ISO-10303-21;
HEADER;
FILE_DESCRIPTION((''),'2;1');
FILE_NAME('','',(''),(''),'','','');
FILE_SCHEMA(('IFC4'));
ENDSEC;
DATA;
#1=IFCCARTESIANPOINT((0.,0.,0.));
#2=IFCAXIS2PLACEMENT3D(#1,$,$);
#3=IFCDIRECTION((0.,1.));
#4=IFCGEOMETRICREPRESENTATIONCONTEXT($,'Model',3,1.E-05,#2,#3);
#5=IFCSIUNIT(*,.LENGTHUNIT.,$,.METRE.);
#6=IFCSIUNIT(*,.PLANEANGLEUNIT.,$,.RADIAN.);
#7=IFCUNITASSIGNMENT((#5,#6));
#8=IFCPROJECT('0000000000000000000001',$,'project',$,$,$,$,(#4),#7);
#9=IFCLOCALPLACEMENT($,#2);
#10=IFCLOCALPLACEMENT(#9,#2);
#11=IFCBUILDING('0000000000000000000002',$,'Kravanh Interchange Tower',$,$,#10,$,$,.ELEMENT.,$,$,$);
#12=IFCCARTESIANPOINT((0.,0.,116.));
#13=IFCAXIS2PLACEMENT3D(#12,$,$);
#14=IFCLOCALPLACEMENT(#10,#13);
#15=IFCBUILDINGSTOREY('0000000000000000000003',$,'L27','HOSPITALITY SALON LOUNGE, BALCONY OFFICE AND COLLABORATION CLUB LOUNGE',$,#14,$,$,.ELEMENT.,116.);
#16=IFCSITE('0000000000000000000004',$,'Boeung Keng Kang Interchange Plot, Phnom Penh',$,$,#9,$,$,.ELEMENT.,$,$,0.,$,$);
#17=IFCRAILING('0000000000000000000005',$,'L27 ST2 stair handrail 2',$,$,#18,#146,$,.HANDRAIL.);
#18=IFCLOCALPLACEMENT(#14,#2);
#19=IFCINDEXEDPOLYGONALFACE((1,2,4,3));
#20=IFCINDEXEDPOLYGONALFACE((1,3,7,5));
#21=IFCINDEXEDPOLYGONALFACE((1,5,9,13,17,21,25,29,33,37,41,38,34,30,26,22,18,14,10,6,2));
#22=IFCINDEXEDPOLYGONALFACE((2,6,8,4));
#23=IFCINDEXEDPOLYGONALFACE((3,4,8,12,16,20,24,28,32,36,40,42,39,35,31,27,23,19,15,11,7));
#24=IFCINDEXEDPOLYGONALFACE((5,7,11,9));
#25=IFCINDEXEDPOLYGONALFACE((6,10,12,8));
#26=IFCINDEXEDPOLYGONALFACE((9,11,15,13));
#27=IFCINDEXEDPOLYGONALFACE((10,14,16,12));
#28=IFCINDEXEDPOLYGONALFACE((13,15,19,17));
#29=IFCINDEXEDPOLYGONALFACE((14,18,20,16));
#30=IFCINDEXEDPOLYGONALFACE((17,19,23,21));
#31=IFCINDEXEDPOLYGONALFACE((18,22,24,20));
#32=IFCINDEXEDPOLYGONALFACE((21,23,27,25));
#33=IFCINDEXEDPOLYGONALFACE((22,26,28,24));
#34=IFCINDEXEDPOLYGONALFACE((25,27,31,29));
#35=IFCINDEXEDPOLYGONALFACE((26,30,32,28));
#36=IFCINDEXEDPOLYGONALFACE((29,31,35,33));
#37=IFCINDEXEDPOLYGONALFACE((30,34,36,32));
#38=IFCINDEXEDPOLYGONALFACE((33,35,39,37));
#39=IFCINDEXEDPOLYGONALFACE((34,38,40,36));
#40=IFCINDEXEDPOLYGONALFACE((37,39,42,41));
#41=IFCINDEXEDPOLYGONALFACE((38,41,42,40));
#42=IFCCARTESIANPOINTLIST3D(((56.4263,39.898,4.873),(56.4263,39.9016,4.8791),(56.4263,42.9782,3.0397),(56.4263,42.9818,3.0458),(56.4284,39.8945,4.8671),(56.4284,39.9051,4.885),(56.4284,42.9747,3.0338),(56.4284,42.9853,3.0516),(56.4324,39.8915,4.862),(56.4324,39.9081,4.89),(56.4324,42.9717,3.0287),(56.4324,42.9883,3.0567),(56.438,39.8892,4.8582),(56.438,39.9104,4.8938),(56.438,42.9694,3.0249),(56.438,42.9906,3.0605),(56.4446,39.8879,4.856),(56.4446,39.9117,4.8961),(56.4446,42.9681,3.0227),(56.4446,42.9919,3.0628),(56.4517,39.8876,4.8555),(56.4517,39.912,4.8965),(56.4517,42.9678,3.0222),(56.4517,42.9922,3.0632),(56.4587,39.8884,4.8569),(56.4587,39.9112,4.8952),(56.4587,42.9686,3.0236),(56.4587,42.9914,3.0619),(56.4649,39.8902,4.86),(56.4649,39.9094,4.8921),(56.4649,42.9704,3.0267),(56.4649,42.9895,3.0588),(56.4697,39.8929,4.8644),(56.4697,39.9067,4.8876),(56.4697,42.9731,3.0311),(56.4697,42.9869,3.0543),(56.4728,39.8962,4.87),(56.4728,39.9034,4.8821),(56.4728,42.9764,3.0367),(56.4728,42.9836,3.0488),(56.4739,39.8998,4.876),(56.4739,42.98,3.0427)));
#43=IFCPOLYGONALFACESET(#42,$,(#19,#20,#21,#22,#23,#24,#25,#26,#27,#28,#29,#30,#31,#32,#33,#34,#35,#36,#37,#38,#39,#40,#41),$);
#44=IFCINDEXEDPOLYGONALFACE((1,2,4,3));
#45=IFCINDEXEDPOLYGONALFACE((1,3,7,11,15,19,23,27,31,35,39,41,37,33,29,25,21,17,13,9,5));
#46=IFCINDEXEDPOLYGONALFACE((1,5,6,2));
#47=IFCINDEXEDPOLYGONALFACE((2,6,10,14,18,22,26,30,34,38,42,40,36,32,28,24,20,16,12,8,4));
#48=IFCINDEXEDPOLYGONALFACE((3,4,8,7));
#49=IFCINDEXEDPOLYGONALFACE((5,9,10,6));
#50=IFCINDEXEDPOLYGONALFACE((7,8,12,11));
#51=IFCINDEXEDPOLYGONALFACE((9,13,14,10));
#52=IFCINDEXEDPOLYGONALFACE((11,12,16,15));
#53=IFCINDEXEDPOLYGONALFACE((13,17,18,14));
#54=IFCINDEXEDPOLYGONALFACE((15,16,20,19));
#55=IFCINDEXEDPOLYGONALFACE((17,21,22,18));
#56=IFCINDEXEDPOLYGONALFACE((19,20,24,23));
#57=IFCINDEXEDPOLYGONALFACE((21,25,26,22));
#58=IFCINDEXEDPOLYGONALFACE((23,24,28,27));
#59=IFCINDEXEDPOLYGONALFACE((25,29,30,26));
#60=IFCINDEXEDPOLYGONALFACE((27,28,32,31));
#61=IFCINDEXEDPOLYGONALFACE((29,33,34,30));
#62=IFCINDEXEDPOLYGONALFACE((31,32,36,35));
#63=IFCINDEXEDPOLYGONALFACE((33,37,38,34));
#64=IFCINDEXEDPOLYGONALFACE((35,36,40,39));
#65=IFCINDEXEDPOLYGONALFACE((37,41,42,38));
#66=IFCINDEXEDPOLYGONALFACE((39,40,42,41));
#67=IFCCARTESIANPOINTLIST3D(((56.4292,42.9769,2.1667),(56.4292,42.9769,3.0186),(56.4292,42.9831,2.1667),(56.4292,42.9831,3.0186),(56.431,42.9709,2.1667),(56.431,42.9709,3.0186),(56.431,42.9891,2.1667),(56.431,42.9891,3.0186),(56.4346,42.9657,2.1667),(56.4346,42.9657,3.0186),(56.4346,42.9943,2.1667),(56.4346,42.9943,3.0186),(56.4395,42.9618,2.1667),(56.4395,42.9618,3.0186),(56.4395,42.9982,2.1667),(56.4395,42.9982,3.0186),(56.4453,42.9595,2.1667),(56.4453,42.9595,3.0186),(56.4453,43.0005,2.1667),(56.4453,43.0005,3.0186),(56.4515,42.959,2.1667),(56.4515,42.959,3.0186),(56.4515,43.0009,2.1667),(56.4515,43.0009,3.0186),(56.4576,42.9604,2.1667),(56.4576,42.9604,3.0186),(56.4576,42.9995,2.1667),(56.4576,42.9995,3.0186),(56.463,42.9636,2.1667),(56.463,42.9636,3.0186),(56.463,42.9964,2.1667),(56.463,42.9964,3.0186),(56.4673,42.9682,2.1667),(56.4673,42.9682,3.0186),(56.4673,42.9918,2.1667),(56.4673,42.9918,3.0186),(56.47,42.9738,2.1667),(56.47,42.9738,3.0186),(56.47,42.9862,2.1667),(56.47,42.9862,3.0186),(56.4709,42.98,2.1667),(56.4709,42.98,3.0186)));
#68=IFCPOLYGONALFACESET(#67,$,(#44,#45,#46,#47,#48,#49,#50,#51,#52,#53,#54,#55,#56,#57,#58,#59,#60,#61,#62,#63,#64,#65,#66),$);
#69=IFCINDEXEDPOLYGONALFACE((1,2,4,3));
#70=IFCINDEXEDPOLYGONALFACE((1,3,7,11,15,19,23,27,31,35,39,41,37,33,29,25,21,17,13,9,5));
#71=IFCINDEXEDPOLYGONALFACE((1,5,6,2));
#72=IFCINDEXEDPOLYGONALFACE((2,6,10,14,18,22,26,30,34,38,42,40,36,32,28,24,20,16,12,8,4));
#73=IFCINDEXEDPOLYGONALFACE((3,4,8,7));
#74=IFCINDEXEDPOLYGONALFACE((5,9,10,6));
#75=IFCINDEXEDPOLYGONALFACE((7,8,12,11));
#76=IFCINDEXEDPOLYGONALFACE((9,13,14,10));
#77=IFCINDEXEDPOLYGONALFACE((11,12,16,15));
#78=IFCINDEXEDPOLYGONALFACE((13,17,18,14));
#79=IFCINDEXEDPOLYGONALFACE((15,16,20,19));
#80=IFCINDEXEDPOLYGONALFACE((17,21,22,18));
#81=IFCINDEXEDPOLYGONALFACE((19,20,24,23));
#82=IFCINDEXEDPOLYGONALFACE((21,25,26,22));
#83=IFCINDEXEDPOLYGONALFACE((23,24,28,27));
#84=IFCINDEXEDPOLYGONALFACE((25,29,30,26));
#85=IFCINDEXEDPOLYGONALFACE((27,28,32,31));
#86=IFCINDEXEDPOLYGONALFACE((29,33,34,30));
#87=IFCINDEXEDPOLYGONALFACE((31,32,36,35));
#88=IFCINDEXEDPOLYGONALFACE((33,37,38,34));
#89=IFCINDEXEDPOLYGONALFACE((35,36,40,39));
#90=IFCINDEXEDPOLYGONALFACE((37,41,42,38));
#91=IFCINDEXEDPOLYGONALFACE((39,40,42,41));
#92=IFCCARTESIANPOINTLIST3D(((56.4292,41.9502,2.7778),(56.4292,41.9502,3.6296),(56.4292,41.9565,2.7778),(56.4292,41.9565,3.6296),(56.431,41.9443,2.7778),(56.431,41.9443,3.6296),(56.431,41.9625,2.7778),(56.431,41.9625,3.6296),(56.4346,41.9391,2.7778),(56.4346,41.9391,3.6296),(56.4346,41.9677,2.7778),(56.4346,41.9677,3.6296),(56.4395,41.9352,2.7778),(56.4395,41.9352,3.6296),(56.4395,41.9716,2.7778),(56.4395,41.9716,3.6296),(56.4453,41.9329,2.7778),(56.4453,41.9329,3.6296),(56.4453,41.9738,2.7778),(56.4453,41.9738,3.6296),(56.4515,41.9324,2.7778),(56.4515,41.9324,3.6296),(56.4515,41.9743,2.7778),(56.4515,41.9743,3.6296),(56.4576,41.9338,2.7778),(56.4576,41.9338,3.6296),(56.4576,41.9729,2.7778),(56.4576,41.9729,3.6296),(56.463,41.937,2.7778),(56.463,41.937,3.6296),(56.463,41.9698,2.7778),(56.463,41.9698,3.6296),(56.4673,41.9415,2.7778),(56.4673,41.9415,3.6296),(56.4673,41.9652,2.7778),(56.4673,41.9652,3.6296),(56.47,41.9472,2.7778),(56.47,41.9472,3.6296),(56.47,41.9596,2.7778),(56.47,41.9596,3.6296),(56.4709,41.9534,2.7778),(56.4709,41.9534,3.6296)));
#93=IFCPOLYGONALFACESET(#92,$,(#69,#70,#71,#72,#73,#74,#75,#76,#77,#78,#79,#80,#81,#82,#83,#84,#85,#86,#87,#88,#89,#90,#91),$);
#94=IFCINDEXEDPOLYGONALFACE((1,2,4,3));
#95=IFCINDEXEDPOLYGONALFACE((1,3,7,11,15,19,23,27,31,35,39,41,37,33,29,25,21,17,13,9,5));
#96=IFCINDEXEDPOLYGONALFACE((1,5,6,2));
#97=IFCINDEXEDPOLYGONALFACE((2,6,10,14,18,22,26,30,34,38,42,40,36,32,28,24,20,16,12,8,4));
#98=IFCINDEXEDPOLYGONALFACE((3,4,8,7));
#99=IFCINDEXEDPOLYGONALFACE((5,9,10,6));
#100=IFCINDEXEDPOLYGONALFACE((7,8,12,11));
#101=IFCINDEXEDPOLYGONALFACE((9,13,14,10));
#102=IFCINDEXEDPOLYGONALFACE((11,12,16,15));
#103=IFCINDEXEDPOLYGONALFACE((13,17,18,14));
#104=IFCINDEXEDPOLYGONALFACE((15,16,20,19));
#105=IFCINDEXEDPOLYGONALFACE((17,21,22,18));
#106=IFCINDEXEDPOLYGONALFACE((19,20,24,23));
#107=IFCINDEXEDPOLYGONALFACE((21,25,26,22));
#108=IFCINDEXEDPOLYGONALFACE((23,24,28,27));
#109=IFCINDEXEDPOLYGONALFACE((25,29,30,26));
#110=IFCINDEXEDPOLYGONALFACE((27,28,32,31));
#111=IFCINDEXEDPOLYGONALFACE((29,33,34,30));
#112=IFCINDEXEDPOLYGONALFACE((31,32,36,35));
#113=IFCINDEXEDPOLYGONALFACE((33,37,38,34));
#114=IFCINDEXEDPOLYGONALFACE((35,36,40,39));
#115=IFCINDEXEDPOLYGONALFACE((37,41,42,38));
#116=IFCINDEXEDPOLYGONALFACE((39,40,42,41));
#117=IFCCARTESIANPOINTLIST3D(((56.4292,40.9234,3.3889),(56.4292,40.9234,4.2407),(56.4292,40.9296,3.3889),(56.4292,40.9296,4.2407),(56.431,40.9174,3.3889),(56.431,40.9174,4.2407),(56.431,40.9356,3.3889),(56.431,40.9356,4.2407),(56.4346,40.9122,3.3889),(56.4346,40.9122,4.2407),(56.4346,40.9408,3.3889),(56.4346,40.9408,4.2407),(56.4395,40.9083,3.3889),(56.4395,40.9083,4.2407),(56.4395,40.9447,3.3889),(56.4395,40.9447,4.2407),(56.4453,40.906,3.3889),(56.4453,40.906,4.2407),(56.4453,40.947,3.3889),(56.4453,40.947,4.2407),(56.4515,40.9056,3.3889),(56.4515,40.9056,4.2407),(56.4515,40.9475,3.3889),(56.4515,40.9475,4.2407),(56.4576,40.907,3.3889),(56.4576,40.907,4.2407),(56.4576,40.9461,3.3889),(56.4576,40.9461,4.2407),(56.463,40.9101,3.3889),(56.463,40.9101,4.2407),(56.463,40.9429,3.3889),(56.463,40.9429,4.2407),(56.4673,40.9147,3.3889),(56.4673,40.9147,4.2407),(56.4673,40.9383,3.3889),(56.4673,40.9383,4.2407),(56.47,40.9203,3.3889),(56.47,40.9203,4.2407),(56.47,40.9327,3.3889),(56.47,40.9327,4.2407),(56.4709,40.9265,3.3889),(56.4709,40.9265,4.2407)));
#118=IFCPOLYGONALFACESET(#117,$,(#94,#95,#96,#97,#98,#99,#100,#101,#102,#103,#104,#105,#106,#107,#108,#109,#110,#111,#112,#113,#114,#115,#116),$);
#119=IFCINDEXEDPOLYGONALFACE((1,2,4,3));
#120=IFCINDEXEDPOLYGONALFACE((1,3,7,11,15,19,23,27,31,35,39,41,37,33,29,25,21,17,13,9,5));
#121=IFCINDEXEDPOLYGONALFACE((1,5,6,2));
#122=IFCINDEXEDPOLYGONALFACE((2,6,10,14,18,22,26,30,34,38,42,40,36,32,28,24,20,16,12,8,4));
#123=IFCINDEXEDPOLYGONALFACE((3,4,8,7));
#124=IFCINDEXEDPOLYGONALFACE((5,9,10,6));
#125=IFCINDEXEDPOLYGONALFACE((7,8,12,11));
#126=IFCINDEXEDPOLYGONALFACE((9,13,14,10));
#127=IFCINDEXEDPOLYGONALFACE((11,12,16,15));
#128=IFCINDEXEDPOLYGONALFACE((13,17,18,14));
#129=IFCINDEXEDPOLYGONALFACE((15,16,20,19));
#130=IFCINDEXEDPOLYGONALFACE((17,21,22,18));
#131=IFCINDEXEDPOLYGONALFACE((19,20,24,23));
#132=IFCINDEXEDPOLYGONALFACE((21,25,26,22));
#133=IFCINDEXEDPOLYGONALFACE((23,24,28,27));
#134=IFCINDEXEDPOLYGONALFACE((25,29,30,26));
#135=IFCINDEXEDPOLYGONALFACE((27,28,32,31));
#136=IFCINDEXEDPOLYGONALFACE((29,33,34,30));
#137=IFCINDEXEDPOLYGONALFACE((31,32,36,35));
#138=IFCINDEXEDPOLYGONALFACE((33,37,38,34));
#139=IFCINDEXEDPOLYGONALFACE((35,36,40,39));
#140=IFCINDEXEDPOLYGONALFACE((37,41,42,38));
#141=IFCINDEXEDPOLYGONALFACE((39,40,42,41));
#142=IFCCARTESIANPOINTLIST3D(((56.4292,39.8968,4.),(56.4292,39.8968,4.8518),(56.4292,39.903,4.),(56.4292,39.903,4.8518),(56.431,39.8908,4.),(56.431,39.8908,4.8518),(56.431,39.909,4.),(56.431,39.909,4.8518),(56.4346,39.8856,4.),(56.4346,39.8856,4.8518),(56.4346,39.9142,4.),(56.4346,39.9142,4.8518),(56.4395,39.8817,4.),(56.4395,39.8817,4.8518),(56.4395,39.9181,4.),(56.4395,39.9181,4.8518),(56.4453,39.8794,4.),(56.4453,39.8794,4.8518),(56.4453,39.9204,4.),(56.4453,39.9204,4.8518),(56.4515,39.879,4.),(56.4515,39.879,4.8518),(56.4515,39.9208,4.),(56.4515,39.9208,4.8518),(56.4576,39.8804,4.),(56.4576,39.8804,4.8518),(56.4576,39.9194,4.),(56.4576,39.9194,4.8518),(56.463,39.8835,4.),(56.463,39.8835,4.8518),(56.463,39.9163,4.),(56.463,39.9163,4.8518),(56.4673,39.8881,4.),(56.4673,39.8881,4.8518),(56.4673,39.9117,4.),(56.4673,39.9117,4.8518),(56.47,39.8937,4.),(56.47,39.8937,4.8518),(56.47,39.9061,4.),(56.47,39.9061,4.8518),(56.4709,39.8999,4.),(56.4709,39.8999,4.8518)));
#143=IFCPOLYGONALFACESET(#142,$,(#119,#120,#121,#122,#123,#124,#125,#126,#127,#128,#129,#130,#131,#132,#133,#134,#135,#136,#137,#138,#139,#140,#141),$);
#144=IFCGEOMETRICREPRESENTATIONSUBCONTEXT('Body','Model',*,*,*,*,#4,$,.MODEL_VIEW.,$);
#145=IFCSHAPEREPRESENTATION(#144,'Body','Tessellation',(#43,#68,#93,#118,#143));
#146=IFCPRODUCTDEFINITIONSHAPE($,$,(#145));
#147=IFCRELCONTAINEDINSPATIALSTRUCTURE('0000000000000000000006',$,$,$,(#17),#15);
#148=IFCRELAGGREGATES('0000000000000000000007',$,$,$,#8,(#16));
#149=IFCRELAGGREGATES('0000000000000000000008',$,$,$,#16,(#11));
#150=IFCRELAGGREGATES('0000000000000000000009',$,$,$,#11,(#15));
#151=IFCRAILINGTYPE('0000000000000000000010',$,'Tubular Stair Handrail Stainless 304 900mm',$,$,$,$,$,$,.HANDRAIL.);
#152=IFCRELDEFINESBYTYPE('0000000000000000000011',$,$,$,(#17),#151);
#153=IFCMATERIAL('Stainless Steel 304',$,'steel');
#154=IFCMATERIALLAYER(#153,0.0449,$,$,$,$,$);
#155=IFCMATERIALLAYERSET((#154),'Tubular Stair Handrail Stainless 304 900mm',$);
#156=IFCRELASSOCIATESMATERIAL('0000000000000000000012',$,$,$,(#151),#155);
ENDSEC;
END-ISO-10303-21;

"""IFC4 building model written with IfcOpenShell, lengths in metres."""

from ifc_helpers import new_model, si_unit, direction, frame, origin, origin_2d, place, context, subcontext, project, spatial, circle, extrude, material, layer, layer_set, type_object, element, save


model = new_model("IFC4")

# Units and contexts
model_context = context("Model", 3, precision=1e-05, world=origin(), true_north=direction((0.0, 1.0)))
body_context = subcontext(model_context, "Body", "Model", "MODEL_VIEW")
ifc_project = project(units=[si_unit("LENGTHUNIT", "METRE"), si_unit("PLANEANGLEUNIT", "RADIAN")], contexts=[model_context])

# Site, building, storey
site_placement = place(None, origin())
site = spatial("IfcSite", under=ifc_project, at=site_placement, Name="Boeung Keng Kang Interchange Plot, Phnom Penh", CompositionType="ELEMENT", RefElevation=0.0)
building_placement = place(site_placement, origin())
building = spatial("IfcBuilding", under=site, at=building_placement, Name="Kravanh Interchange Tower", CompositionType="ELEMENT")
storey_placement = place(building_placement, frame((0.0, 0.0, 116.0)))
storey = spatial("IfcBuildingStorey", under=building, at=storey_placement, Name="L27", Description="HOSPITALITY SALON LOUNGE, BALCONY OFFICE AND COLLABORATION CLUB LOUNGE", CompositionType="ELEMENT", Elevation=116.0)

# Railing
ifc_material_1 = material(Name="Stainless Steel 304", Category="steel")
ifc_layer_1 = layer(ifc_material_1, 0.0449)
ifc_layer_set_1 = layer_set([ifc_layer_1], Name="Tubular Stair Handrail Stainless 304 900mm")
railing_type_1 = type_object("IfcRailingType", Name="Tubular Stair Handrail Stainless 304 900mm", PredefinedType="HANDRAIL", material=ifc_layer_set_1)
railing_1_placement = place(storey_placement, frame((56.45, 42.98, 2.1667)))
element("IfcRailing", 1, at=railing_1_placement, inside=storey, type_object=railing_type_1, Name="L27 ST2 stair handrail 2", PredefinedType="HANDRAIL", context=body_context, shape_type="SweptSolid", body=[
    extrude(circle(Radius=0.0239, at=origin_2d()), frame((0.0, 0.0, 0.876), z_axis=(0.0, -0.859309, 0.511458), x_axis=(1.0, 0.0, 0.0)), (0.0, 0.0, 1.0), 3.5845),
    extrude(circle(Radius=0.021, at=origin_2d()), origin(), (0.0, 0.0, 1.0), 0.8518),
    extrude(circle(Radius=0.021, at=origin_2d()), frame((0.0, -1.0266, 0.6111)), (0.0, 0.0, 1.0), 0.8518),
    extrude(circle(Radius=0.021, at=origin_2d()), frame((0.0, -2.0535, 1.2222)), (0.0, 0.0, 1.0), 0.8518),
    extrude(circle(Radius=0.021, at=origin_2d()), frame((0.0, -3.0801, 1.8333)), (0.0, 0.0, 1.0), 0.8518),
])

save(model, "model.ifc")
